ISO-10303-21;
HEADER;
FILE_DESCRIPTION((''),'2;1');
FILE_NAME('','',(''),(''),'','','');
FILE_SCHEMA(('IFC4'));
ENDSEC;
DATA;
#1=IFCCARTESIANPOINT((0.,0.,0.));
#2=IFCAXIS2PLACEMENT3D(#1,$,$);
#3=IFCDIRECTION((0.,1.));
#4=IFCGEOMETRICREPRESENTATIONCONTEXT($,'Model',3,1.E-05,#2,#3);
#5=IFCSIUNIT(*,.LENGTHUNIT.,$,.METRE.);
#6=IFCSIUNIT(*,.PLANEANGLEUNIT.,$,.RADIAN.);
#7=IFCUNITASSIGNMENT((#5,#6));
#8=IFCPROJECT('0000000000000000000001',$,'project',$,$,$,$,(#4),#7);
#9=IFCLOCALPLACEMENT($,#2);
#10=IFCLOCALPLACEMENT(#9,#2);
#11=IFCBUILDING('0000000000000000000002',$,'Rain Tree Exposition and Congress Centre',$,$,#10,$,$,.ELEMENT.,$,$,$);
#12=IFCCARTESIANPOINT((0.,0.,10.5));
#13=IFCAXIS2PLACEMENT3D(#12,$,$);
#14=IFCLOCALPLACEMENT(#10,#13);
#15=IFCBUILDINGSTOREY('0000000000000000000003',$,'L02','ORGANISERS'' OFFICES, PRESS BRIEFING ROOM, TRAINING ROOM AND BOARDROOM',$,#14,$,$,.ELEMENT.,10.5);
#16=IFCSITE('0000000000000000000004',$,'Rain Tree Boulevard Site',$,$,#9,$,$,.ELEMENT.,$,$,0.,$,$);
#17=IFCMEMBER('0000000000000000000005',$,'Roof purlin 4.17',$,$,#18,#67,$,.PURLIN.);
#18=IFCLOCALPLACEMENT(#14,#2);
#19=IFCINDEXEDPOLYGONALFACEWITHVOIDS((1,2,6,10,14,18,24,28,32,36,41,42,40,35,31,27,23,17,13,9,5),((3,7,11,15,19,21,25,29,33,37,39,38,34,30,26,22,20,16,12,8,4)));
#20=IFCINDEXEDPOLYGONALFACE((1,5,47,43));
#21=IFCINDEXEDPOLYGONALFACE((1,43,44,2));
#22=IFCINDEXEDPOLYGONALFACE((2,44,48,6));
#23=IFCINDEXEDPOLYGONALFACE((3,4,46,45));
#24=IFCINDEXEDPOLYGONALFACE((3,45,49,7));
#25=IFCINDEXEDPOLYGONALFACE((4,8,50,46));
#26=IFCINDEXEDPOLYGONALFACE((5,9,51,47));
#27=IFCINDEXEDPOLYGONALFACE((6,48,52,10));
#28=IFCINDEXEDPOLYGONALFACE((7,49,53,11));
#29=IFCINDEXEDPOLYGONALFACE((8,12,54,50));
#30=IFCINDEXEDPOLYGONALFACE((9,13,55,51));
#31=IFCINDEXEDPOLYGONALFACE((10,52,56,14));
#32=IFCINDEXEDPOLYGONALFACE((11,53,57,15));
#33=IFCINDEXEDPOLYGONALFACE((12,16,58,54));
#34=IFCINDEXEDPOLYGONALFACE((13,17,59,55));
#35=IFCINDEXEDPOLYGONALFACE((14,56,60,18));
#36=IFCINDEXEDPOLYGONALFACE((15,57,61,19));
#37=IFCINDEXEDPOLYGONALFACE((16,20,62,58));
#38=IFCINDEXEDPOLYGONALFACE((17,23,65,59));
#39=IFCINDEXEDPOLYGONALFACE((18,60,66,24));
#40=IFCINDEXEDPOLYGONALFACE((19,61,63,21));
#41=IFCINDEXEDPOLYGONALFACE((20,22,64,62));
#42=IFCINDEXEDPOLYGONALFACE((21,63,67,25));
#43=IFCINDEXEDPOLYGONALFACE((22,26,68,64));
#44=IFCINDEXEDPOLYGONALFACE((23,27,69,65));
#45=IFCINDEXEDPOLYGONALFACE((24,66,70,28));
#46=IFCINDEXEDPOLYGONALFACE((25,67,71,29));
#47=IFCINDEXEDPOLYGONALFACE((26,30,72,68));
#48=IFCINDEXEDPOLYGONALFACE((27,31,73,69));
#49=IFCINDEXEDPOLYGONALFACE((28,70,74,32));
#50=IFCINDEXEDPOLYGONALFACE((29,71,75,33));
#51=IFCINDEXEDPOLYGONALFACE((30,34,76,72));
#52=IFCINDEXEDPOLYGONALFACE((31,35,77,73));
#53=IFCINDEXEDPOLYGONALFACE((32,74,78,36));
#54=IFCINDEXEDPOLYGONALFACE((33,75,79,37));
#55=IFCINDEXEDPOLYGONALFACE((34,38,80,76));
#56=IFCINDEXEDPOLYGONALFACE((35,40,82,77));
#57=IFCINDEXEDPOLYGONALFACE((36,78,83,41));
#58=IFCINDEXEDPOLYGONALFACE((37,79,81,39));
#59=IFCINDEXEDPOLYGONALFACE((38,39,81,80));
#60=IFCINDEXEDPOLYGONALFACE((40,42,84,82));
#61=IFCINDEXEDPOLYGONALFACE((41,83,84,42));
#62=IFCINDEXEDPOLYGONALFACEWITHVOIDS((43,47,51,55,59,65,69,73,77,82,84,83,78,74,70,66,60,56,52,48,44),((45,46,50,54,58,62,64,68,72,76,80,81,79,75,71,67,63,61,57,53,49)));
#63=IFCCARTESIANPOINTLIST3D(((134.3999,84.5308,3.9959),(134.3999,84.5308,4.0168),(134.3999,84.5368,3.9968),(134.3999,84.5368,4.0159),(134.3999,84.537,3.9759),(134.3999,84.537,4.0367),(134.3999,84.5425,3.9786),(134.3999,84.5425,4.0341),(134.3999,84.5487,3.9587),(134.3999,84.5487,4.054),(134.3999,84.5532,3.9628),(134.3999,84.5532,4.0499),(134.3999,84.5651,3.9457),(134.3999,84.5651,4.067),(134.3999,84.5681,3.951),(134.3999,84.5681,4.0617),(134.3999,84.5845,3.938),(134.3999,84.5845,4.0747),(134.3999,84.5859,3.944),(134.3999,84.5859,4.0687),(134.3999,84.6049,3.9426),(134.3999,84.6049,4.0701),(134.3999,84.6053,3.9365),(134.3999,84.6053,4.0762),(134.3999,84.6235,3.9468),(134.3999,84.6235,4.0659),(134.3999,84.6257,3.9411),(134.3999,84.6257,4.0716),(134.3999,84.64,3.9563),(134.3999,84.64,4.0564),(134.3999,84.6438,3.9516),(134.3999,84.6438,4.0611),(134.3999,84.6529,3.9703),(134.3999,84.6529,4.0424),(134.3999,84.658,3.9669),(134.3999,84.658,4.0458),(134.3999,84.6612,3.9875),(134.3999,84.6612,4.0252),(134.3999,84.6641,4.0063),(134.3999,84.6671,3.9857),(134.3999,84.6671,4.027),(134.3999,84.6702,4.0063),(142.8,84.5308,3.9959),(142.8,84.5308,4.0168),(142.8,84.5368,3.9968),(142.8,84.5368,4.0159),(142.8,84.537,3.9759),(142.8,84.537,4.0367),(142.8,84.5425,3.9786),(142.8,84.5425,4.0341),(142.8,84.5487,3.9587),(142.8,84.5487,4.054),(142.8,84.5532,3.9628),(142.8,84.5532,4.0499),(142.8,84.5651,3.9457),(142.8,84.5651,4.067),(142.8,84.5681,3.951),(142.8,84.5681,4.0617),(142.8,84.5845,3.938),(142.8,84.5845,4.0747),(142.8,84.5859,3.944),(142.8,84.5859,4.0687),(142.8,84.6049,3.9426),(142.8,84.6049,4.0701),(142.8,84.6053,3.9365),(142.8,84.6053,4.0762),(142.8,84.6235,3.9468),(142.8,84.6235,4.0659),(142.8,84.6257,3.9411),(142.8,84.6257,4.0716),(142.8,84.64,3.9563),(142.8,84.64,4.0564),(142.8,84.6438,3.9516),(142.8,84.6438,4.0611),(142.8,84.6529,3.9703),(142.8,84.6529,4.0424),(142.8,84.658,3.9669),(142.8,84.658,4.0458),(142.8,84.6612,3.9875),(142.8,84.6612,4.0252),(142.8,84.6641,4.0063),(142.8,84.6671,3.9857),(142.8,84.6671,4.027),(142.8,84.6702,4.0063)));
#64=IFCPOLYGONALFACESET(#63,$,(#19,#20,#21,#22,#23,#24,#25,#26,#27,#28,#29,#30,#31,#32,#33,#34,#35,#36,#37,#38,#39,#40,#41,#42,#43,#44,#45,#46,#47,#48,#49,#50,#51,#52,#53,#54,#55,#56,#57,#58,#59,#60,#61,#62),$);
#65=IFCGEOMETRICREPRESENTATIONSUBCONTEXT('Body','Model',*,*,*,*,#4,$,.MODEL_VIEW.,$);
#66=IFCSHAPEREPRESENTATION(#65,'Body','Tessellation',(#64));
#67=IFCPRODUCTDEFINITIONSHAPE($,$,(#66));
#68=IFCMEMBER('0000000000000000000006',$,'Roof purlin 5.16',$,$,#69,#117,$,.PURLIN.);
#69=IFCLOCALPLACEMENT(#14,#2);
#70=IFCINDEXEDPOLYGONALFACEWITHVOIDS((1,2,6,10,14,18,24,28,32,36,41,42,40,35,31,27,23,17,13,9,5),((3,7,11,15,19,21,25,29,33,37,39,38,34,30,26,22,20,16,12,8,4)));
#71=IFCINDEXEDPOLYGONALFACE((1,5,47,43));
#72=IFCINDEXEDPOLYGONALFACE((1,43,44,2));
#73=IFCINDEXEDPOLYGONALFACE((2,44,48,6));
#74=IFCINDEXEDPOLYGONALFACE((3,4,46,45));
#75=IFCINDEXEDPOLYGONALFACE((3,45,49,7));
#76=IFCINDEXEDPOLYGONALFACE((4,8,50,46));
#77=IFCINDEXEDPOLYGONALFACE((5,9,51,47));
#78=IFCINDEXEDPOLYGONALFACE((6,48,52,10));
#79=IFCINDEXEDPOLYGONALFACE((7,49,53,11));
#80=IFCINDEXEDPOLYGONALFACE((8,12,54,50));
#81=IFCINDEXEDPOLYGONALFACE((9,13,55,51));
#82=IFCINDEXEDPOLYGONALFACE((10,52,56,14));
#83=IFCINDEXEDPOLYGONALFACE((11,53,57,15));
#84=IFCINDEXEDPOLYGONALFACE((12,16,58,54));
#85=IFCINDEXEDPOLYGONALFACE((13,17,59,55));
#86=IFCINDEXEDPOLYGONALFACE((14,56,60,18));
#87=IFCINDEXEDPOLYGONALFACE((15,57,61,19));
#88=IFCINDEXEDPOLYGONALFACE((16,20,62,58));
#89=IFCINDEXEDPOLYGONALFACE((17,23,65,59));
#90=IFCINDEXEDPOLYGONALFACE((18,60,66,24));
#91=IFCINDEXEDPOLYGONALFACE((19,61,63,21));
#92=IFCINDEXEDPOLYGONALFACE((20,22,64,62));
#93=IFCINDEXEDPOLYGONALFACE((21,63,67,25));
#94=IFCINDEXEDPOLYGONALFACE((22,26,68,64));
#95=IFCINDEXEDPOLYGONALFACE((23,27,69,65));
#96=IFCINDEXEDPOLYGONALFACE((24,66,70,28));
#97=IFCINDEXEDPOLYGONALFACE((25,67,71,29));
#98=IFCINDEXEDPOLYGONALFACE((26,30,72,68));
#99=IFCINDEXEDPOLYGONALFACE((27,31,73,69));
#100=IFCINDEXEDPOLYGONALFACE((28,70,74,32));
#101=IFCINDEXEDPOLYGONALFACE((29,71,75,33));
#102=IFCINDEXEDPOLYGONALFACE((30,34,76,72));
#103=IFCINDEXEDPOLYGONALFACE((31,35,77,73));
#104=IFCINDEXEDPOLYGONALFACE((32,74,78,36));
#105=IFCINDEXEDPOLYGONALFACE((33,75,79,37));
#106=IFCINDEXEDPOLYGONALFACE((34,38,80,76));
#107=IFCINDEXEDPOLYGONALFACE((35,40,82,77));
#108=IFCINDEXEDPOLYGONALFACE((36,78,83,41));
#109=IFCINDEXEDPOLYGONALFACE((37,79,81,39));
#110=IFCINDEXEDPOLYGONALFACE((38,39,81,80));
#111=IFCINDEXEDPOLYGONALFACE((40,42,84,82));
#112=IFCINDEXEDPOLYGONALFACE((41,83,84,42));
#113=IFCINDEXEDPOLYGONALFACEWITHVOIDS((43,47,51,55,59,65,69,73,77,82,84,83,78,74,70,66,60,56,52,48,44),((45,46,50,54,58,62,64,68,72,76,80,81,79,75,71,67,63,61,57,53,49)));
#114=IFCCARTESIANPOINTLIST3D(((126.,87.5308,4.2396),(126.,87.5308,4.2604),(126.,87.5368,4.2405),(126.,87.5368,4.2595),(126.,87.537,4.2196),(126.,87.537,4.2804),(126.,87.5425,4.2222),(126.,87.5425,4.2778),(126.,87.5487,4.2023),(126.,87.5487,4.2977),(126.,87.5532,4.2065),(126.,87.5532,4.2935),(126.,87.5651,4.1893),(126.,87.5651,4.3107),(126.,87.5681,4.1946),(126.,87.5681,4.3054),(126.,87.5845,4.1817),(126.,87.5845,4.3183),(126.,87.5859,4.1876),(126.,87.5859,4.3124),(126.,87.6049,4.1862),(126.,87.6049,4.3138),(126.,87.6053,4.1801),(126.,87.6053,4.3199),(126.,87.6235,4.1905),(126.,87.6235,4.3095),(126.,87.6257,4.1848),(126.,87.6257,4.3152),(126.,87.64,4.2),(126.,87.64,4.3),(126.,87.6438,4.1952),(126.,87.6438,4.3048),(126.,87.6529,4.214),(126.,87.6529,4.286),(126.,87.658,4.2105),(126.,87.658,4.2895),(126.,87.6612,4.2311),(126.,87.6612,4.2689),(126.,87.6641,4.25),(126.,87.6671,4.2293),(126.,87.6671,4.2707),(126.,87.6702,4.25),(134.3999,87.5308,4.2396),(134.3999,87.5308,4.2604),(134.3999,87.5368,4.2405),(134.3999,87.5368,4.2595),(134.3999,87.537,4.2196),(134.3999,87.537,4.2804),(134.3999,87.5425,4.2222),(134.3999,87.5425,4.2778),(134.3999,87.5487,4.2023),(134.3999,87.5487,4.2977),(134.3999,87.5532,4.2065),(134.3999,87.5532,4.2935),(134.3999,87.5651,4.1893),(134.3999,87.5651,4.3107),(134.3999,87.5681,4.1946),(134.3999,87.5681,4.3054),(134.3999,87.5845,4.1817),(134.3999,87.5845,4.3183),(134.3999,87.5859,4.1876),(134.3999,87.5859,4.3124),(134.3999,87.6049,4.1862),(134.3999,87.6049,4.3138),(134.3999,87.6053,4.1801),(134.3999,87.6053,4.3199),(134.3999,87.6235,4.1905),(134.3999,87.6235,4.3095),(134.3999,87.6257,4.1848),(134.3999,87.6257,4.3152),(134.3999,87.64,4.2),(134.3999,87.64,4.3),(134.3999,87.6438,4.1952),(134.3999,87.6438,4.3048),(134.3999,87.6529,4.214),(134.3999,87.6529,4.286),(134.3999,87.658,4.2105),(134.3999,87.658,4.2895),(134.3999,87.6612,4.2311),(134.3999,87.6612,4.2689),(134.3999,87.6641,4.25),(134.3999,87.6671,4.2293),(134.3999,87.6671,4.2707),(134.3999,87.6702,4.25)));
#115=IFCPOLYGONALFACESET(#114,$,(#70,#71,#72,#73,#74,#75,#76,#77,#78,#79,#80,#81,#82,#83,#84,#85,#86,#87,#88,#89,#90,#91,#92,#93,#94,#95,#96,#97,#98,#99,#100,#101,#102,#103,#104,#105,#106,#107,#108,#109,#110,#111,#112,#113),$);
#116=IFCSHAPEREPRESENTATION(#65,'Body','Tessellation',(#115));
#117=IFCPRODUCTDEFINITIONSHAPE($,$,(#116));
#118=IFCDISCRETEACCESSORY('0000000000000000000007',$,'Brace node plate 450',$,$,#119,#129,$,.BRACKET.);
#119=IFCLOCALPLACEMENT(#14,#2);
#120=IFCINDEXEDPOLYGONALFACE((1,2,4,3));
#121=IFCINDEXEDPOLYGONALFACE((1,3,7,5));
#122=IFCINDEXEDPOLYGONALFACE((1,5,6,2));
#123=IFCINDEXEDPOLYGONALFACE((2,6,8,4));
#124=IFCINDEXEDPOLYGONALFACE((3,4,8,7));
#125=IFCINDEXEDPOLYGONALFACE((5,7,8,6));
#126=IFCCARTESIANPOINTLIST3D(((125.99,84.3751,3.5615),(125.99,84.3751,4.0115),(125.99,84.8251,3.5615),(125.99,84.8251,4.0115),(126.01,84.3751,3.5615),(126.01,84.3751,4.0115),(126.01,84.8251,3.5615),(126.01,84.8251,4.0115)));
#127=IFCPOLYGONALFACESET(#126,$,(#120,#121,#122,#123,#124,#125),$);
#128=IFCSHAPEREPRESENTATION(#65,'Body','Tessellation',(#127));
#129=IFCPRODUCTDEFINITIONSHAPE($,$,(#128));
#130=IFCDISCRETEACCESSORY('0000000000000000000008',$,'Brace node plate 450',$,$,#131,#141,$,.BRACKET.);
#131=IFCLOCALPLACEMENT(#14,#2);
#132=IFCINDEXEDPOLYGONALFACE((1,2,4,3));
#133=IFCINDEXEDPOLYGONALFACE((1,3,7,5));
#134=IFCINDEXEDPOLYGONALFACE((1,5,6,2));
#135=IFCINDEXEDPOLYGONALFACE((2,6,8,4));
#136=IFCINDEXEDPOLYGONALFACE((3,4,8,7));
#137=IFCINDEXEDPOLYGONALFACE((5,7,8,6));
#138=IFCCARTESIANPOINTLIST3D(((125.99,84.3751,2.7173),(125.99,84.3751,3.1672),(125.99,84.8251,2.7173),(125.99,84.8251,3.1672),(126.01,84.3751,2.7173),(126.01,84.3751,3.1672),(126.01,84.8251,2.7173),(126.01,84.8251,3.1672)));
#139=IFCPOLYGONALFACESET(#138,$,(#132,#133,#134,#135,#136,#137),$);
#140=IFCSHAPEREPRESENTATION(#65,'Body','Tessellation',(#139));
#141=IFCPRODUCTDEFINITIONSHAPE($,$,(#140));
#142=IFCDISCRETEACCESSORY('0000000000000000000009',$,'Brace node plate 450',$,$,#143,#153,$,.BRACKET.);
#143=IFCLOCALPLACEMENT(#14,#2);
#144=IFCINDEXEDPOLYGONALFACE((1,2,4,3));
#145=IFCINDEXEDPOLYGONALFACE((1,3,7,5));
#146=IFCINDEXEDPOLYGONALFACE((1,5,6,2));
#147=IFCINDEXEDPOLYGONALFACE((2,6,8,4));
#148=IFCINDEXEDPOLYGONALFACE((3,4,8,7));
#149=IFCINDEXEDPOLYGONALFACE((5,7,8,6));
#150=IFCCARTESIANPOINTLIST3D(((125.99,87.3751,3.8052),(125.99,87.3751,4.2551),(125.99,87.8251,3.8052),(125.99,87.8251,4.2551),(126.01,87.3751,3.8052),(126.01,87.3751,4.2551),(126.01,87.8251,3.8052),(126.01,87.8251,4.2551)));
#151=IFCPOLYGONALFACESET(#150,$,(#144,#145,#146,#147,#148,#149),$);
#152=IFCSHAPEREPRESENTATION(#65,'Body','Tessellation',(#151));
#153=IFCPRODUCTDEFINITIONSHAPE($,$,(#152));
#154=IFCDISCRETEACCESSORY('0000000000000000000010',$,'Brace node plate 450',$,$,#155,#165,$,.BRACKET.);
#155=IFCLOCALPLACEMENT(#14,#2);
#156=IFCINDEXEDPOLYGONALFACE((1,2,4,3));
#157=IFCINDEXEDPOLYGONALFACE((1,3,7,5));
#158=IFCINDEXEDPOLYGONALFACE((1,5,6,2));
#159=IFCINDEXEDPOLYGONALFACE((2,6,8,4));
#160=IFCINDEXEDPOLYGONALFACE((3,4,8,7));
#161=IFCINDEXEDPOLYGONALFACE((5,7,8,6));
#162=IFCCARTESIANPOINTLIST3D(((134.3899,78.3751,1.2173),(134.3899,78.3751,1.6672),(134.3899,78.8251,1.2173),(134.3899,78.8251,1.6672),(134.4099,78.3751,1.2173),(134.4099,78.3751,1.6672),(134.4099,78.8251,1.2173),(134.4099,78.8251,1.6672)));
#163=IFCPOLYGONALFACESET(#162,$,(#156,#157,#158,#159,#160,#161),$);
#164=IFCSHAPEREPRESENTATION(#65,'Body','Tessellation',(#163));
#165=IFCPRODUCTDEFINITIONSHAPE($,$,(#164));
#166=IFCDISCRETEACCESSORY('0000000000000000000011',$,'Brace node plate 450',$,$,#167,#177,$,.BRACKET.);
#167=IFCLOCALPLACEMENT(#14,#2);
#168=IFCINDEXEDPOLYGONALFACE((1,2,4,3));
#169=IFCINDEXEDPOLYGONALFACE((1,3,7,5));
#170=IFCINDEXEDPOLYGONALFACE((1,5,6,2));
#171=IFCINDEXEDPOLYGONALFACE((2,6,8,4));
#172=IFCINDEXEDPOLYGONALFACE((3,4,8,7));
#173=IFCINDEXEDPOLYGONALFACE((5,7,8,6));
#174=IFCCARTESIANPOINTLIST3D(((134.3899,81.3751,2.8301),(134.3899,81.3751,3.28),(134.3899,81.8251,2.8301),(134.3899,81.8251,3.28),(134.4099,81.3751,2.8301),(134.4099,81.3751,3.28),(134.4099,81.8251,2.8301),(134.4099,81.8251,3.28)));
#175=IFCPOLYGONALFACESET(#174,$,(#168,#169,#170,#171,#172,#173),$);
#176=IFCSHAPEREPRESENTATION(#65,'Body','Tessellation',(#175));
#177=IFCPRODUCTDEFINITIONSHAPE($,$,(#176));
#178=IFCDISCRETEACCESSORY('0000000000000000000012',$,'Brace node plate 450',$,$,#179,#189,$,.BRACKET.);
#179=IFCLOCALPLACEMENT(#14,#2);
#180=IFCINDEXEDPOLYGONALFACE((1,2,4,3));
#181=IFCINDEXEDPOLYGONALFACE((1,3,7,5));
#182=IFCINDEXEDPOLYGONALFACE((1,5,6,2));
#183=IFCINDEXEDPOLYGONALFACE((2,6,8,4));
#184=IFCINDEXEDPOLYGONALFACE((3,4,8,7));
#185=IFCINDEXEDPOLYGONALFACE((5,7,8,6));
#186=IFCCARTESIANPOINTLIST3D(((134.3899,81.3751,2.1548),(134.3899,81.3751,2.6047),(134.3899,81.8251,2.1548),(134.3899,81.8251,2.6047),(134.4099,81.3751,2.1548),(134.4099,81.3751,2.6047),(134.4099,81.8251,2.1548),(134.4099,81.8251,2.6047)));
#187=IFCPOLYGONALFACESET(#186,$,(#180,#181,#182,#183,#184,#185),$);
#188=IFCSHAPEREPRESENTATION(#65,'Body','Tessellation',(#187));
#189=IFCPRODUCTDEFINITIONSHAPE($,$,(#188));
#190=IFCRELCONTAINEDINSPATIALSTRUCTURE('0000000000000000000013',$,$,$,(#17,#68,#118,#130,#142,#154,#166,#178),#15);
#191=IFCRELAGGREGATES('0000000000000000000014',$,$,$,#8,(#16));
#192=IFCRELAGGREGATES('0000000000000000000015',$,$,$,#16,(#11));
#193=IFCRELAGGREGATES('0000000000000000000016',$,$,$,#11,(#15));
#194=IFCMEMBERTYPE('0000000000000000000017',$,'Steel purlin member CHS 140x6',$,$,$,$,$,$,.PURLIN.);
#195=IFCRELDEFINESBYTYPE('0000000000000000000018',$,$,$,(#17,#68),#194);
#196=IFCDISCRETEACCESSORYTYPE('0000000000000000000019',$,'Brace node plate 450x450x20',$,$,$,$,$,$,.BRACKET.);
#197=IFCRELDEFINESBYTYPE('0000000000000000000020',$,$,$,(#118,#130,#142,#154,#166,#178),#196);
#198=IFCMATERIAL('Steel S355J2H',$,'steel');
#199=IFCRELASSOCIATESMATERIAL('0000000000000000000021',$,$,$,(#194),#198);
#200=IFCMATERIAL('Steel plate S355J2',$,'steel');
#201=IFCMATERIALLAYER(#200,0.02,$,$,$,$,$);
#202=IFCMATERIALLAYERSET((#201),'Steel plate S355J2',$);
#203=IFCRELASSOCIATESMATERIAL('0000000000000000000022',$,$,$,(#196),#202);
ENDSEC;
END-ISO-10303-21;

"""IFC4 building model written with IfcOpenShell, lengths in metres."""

from ifc_helpers import new_model, si_unit, direction, frame, origin, origin_2d, place, context, subcontext, project, spatial, rectangle, hollow_circle, extrude, material, layer, layer_set, material_profile, profile_set, type_object, element, save


model = new_model("IFC4")

# Units and contexts
model_context = context("Model", 3, precision=1e-05, world=origin(), true_north=direction((0.0, 1.0)))
body_context = subcontext(model_context, "Body", "Model", "MODEL_VIEW")
ifc_project = project(units=[si_unit("LENGTHUNIT", "METRE"), si_unit("PLANEANGLEUNIT", "RADIAN")], contexts=[model_context])

# Site, building, storey
site_placement = place(None, origin())
site = spatial("IfcSite", under=ifc_project, at=site_placement, Name="Rain Tree Boulevard Site", CompositionType="ELEMENT", RefElevation=0.0)
building_placement = place(site_placement, origin())
building = spatial("IfcBuilding", under=site, at=building_placement, Name="Rain Tree Exposition and Congress Centre", CompositionType="ELEMENT")
storey_placement = place(building_placement, frame((0.0, 0.0, 10.5)))
storey = spatial("IfcBuildingStorey", under=building, at=storey_placement, Name="L02", Description="ORGANISERS' OFFICES, PRESS BRIEFING ROOM, TRAINING ROOM AND BOARDROOM", CompositionType="ELEMENT", Elevation=10.5)

# Members
ifc_material_1 = material(Name="Steel S355J2H", Category="steel")
ifc_material_profile_1 = material_profile(ifc_material_1, hollow_circle(Radius=0.0701, WallThickness=0.0061, at=origin_2d()), Name="CHS 140x6")
ifc_profile_set_1 = profile_set([ifc_material_profile_1], Name="Steel S355J2H")
member_type_1 = type_object("IfcMemberType", Name="Steel purlin member CHS 140x6", PredefinedType="PURLIN", material=ifc_profile_set_1)
member_1_placement = place(storey_placement, frame((134.3999, 84.6001, 4.0063), z_axis=(1.0, 0.0, 0.0), x_axis=(0.0, 1.0, 0.0)))
element("IfcMember", 1, at=member_1_placement, inside=storey, type_object=member_type_1, Name="Roof purlin 4.17", PredefinedType="PURLIN", context=body_context, shape_type="SweptSolid", body=[
    extrude(hollow_circle(Radius=0.0701, WallThickness=0.0061, at=origin_2d()), origin(), (0.0, 0.0, 1.0), 8.4001),
])
member_2_placement = place(storey_placement, frame((126.0, 87.6001, 4.25), z_axis=(1.0, 0.0, 0.0), x_axis=(0.0, 1.0, 0.0)))
element("IfcMember", 2, at=member_2_placement, inside=storey, type_object=member_type_1, Name="Roof purlin 5.16", PredefinedType="PURLIN", context=body_context, shape_type="SweptSolid", body=[
    extrude(hollow_circle(Radius=0.0701, WallThickness=0.0061, at=origin_2d()), origin(), (0.0, 0.0, 1.0), 8.3999),
])

# Discrete accessories
ifc_material_2 = material(Name="Steel plate S355J2", Category="steel")
ifc_layer = layer(ifc_material_2, 0.02)
ifc_layer_set = layer_set([ifc_layer], Name="Steel plate S355J2")
discrete_accessory_type = type_object("IfcDiscreteAccessoryType", Name="Brace node plate 450x450x20", PredefinedType="BRACKET", material=ifc_layer_set)
for number, where, z_axis, x_axis, name in (
    (3, (126.0, 84.6001, 3.5615), (0.0, 0.0, 1.0), (0.0, -1.0, 0.0), "Brace node plate 450"),
    (4, (126.0, 84.6001, 2.7173), (0.0, 0.0, 1.0), (0.0, 1.0, 0.0), "Brace node plate 450"),
    (5, (126.0, 87.6001, 3.8052), (0.0, 0.0, 1.0), (0.0, 1.0, 0.0), "Brace node plate 450"),
    (6, (134.3999, 78.6001, 1.2173), (0.0, 0.0, 1.0), (0.0, 1.0, 0.0), "Brace node plate 450"),
    (7, (134.3999, 81.6001, 2.8301), (0.0, 0.0, 1.0), (0.0, -1.0, 0.0), "Brace node plate 450"),
    (8, (134.3999, 81.6001, 2.1548), (0.0, 0.0, 1.0), (0.0, 1.0, 0.0), "Brace node plate 450"),
):
    element("IfcDiscreteAccessory", number, at=place(storey_placement, frame(where, z_axis=z_axis, x_axis=x_axis)), inside=storey, type_object=discrete_accessory_type, Name=name, PredefinedType="BRACKET", context=body_context, shape_type="SweptSolid", body=[
        extrude(rectangle(XDim=0.45, YDim=0.02, at=origin_2d()), origin(), (0.0, 0.0, 1.0), 0.45),
    ])

save(model, "model.ifc")
